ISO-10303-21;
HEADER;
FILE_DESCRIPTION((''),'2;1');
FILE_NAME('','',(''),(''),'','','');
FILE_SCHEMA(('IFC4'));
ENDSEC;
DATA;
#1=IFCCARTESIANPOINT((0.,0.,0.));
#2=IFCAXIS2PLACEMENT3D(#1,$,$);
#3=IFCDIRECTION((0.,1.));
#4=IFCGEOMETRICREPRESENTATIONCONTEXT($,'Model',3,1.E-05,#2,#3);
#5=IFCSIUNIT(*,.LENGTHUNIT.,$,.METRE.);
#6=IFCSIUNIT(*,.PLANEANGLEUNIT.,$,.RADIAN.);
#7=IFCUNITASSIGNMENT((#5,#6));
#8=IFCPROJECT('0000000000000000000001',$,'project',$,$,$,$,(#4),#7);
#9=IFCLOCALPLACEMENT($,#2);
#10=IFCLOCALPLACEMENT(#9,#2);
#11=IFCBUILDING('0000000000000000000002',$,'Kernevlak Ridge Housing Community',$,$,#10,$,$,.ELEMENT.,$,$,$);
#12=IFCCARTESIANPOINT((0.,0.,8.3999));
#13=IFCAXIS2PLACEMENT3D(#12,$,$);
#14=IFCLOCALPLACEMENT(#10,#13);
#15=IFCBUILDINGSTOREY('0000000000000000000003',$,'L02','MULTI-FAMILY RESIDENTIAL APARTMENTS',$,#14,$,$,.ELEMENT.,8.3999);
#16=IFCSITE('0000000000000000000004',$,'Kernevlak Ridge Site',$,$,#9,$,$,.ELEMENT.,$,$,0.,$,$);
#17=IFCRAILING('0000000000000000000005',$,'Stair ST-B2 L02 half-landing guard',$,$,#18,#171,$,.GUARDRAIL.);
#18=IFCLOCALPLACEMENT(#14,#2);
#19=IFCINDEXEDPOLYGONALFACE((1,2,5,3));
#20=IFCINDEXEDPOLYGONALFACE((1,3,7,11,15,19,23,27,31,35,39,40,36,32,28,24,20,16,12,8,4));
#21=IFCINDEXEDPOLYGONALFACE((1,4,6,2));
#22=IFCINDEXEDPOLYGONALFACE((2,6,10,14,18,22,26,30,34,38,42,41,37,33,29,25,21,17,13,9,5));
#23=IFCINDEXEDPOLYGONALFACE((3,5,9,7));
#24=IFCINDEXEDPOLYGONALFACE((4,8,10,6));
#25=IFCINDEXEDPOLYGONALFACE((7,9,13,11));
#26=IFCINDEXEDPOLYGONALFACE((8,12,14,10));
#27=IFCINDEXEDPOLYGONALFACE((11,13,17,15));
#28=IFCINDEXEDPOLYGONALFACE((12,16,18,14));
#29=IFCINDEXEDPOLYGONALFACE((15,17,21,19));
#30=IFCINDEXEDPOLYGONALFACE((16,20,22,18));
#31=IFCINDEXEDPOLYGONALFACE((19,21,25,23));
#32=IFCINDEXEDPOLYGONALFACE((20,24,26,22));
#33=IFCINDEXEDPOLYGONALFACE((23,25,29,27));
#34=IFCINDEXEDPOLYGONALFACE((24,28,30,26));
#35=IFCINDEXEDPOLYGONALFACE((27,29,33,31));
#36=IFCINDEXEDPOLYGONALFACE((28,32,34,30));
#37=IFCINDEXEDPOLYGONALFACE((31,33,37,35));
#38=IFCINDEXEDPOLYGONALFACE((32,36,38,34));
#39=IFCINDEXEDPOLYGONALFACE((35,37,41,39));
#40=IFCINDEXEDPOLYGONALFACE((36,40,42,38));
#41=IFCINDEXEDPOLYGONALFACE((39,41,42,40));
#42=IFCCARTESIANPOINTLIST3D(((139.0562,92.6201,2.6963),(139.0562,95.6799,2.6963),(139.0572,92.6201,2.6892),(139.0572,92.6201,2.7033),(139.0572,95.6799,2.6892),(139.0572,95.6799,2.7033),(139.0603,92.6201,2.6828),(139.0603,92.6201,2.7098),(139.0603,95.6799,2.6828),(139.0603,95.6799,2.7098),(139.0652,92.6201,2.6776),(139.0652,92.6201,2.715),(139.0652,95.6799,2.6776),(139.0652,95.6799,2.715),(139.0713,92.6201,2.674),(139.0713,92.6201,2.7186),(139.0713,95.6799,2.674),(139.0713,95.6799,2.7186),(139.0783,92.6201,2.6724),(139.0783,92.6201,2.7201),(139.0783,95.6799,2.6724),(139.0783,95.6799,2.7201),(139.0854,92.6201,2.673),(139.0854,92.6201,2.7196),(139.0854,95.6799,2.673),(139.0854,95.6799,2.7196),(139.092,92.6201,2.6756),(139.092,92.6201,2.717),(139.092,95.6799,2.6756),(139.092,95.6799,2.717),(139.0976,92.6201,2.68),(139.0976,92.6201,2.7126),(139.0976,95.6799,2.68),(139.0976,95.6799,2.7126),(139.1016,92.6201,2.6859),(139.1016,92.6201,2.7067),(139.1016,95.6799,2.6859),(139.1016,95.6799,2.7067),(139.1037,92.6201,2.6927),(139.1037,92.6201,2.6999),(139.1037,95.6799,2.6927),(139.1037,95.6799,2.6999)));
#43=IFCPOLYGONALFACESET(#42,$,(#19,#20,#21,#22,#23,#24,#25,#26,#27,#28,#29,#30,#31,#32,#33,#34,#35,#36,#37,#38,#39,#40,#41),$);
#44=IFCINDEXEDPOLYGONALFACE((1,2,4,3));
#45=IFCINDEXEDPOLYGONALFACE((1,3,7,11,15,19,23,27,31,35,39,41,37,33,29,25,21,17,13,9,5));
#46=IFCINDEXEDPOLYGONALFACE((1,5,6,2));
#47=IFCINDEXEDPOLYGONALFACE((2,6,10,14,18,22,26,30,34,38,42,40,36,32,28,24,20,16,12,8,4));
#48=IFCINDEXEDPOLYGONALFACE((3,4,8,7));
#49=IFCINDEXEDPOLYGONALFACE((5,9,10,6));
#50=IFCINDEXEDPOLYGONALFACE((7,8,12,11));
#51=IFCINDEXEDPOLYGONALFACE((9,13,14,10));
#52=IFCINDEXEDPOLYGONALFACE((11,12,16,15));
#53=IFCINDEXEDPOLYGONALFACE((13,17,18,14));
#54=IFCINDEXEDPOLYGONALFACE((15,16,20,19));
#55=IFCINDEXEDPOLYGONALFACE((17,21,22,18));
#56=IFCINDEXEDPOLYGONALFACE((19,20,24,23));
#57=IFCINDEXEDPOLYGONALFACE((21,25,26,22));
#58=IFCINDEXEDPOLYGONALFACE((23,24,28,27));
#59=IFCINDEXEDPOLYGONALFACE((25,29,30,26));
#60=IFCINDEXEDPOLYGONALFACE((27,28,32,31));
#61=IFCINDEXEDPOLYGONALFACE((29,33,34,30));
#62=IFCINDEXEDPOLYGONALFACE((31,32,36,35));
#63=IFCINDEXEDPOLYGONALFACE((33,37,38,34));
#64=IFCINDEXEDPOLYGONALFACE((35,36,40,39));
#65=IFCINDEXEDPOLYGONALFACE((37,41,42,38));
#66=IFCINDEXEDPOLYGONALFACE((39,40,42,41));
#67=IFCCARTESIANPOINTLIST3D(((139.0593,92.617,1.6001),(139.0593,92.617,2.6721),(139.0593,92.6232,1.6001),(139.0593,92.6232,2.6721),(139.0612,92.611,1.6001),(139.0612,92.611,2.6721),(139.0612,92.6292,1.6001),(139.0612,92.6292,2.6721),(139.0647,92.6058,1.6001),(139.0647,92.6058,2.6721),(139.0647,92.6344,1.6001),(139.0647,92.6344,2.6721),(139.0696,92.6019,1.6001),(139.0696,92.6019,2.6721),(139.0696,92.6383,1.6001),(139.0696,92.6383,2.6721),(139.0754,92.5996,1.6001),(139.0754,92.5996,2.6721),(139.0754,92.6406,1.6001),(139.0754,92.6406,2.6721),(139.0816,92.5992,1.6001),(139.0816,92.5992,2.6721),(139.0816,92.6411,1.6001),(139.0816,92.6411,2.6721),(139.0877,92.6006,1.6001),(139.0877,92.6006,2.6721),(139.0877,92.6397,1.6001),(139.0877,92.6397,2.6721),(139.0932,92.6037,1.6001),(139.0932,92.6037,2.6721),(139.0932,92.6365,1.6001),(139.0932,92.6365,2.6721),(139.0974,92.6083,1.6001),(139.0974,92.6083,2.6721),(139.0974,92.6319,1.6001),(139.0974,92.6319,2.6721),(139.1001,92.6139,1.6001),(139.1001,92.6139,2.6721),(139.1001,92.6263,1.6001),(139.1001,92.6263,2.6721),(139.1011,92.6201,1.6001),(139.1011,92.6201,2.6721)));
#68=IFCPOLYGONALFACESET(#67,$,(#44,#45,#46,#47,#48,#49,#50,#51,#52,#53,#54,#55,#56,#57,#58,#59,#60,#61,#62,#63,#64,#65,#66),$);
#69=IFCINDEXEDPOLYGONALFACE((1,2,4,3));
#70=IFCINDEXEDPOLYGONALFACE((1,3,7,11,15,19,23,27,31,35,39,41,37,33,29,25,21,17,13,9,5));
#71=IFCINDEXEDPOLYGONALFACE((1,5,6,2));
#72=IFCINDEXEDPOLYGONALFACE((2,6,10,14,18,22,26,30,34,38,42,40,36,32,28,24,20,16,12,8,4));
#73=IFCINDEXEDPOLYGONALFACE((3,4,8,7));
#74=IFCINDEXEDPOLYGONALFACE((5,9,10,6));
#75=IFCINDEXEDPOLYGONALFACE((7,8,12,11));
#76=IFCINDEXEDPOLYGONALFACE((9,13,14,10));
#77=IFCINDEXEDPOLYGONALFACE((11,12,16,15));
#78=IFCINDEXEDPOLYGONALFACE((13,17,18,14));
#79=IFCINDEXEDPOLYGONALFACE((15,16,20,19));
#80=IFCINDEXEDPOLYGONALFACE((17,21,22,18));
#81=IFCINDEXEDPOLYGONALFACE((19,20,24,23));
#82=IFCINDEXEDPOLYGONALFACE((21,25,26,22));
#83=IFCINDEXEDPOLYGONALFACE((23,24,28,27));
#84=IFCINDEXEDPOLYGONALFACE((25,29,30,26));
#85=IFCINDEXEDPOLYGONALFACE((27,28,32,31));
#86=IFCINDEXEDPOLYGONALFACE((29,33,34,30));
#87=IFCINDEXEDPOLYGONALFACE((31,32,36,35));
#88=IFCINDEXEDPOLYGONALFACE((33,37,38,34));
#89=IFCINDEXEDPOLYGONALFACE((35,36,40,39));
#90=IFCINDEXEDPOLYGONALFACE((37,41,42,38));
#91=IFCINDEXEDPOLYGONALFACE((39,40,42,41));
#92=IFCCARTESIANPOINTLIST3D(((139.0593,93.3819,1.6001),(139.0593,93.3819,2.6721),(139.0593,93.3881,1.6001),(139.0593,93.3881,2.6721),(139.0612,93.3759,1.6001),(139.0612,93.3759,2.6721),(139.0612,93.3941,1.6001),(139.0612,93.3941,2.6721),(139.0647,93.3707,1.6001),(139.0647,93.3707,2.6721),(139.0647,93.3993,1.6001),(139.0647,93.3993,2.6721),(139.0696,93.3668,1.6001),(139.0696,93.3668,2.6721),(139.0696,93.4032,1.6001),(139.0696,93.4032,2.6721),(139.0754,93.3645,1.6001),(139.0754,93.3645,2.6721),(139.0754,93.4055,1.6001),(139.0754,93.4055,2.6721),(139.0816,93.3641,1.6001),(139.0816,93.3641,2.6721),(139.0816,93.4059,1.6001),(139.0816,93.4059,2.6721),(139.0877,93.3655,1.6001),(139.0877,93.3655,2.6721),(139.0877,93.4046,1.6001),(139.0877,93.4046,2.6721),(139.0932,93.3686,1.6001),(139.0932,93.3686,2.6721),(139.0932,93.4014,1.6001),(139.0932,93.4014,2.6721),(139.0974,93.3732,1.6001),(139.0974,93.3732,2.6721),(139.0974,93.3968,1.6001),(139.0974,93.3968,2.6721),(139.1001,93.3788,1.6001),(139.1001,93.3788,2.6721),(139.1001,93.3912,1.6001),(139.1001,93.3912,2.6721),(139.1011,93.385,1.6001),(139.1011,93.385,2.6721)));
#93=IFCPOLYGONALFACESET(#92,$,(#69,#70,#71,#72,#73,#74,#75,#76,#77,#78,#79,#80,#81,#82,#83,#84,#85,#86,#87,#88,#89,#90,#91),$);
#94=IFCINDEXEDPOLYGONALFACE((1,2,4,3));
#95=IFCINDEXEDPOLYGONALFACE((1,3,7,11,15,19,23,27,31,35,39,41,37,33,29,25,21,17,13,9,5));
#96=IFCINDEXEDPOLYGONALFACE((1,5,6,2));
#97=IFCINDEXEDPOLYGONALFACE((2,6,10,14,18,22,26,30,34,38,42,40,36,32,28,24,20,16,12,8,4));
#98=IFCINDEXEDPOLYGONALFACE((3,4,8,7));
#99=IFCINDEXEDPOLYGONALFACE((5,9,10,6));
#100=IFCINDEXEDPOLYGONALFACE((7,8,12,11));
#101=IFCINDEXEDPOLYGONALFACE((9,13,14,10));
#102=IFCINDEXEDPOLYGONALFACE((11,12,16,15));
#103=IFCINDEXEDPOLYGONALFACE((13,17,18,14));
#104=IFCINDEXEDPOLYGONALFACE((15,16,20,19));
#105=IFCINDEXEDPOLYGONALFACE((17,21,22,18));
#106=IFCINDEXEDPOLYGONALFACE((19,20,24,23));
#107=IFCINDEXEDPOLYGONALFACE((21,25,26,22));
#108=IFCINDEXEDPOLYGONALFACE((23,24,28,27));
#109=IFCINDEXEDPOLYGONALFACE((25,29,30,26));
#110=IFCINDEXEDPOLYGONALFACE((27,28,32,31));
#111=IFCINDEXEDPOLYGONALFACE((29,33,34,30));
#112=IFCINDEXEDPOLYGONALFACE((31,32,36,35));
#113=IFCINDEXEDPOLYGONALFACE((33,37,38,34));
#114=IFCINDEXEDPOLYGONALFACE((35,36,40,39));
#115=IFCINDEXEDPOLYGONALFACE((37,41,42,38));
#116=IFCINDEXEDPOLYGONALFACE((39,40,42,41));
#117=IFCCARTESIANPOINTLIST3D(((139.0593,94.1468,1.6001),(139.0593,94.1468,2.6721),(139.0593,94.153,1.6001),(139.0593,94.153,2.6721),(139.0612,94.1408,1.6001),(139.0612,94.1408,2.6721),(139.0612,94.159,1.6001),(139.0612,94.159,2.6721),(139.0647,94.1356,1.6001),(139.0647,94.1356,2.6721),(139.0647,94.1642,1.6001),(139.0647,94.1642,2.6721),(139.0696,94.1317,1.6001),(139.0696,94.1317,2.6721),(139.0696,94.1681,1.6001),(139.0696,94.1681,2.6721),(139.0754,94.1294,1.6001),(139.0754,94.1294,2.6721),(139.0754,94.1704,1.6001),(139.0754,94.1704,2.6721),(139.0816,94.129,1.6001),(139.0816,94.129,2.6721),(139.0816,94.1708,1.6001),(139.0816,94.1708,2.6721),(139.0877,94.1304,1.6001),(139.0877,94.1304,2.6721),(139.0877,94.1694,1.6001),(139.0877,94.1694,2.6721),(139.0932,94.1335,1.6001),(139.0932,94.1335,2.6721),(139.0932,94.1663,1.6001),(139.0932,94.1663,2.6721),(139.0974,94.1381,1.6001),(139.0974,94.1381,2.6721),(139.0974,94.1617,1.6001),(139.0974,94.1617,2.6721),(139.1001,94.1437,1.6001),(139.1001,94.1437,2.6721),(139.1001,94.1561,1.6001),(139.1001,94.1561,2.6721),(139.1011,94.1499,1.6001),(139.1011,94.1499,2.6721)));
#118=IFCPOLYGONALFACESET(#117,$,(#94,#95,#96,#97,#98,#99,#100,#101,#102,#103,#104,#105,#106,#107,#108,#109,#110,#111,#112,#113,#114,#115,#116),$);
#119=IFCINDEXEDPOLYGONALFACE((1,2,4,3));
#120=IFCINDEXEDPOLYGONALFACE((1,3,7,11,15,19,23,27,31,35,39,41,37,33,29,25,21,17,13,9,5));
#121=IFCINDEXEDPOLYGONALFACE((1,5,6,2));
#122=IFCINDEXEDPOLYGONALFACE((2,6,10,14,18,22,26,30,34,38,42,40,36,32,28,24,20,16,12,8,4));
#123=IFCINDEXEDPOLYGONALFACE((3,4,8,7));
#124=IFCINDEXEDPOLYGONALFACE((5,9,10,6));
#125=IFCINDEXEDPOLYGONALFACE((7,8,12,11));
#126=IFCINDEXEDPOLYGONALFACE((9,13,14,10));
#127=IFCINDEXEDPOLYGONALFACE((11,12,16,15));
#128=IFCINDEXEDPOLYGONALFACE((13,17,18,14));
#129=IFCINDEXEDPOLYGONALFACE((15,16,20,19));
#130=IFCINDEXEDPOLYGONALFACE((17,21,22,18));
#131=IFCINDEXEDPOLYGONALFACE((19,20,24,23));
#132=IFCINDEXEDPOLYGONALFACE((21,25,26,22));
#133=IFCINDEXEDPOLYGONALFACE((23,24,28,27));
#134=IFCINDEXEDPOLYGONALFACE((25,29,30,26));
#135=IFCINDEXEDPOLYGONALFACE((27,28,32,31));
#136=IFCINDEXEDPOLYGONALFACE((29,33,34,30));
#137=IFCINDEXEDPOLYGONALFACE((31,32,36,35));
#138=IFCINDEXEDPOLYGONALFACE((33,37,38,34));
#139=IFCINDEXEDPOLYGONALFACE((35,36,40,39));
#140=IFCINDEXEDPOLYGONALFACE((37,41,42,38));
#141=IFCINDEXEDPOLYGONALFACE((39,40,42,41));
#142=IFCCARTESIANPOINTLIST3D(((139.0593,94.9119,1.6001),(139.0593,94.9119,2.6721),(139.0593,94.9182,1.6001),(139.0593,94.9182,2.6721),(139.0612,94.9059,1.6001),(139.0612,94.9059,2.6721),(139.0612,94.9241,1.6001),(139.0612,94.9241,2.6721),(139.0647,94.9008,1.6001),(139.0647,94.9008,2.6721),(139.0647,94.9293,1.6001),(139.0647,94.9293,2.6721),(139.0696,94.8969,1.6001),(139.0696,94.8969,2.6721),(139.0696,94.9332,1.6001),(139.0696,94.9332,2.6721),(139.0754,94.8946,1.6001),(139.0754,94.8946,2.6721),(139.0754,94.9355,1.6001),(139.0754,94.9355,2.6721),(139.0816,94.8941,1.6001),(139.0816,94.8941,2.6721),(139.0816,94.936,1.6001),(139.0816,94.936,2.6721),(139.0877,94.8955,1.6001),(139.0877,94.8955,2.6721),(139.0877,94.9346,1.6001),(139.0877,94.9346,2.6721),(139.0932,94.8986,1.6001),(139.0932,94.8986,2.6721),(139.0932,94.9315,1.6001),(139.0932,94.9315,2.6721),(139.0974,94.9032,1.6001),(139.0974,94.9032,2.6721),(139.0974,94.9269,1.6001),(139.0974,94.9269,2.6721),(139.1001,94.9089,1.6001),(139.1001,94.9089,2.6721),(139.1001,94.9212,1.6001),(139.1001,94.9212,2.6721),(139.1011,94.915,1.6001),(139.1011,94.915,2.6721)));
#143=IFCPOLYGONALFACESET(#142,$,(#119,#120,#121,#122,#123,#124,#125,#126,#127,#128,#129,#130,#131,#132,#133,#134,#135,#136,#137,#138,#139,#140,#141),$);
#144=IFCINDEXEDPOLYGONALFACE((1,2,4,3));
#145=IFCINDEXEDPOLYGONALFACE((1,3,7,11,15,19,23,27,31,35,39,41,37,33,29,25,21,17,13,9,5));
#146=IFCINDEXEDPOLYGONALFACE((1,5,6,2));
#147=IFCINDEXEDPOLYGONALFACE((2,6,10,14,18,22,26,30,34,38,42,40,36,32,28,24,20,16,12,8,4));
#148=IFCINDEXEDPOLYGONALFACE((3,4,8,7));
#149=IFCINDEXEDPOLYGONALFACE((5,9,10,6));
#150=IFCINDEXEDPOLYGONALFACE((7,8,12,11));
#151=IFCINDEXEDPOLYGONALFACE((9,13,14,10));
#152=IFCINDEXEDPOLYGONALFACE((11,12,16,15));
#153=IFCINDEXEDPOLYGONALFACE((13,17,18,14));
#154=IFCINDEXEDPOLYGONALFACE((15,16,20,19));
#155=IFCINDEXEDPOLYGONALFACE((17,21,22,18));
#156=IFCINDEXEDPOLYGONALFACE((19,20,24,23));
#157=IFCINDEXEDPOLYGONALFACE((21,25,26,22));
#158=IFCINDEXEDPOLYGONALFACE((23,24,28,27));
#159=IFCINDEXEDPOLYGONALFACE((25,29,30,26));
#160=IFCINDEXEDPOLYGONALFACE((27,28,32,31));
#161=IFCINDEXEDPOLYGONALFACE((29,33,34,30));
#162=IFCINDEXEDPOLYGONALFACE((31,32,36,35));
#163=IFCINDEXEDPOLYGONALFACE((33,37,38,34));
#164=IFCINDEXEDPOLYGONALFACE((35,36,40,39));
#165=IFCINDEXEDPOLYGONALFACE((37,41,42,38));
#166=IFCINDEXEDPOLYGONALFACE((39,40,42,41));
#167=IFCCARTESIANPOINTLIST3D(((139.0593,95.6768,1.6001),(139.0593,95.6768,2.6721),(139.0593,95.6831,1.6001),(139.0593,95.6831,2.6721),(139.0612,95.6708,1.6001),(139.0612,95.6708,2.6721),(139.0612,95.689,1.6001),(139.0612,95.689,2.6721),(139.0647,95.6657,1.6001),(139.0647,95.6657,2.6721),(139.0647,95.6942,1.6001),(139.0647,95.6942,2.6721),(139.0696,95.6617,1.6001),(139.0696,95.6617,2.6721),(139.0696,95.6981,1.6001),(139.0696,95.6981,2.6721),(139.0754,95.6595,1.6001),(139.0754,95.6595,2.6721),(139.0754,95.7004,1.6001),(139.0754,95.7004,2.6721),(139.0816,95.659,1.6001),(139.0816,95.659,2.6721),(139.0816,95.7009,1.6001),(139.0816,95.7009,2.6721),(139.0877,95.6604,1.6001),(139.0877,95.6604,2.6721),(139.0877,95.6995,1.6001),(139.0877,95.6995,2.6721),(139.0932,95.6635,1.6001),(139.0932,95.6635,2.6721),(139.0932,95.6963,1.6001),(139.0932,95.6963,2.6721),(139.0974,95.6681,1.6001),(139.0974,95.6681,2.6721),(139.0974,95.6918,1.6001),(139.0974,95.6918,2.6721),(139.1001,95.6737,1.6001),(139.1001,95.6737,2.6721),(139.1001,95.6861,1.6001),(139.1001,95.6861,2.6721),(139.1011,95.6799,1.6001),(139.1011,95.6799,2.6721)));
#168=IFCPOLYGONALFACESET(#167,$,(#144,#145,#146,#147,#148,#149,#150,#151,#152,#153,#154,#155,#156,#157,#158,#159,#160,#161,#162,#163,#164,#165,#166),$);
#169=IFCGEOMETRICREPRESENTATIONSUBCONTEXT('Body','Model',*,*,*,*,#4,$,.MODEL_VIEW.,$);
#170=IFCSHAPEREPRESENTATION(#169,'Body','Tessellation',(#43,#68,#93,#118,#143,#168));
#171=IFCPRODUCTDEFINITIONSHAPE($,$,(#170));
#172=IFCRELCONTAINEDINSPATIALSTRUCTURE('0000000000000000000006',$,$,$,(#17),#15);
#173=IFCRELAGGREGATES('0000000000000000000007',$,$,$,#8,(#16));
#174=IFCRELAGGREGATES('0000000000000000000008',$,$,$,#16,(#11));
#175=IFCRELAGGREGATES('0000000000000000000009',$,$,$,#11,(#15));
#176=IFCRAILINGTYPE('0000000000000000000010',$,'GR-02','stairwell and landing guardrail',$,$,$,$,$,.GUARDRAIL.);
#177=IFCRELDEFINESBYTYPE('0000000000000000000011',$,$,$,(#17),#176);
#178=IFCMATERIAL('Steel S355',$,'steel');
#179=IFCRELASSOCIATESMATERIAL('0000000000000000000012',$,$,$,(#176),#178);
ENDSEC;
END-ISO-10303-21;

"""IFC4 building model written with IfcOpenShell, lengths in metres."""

from ifc_helpers import new_model, si_unit, direction, frame, origin, origin_2d, place, context, subcontext, project, spatial, circle, extrude, material, type_object, element, save


model = new_model("IFC4")

# Units and contexts
model_context = context("Model", 3, precision=1e-05, world=origin(), true_north=direction((0.0, 1.0)))
body_context = subcontext(model_context, "Body", "Model", "MODEL_VIEW")
ifc_project = project(units=[si_unit("LENGTHUNIT", "METRE"), si_unit("PLANEANGLEUNIT", "RADIAN")], contexts=[model_context])

# Site, building, storey
site_placement = place(None, origin())
site = spatial("IfcSite", under=ifc_project, at=site_placement, Name="Kernevlak Ridge Site", CompositionType="ELEMENT", RefElevation=0.0)
building_placement = place(site_placement, origin())
building = spatial("IfcBuilding", under=site, at=building_placement, Name="Kernevlak Ridge Housing Community", CompositionType="ELEMENT")
storey_placement = place(building_placement, frame((0.0, 0.0, 8.3999)))
storey = spatial("IfcBuildingStorey", under=building, at=storey_placement, Name="L02", Description="MULTI-FAMILY RESIDENTIAL APARTMENTS", CompositionType="ELEMENT", Elevation=8.3999)

# Railing
ifc_material_1 = material(Name="Steel S355", Category="steel")
railing_type_1 = type_object("IfcRailingType", Name="GR-02", Description="stairwell and landing guardrail", PredefinedType="GUARDRAIL", material=ifc_material_1)
railing_1_placement = place(storey_placement, frame((139.0801, 92.6201, 1.6001)))
element("IfcRailing", 1, at=railing_1_placement, inside=storey, type_object=railing_type_1, Name="Stair ST-B2 L02 half-landing guard", PredefinedType="GUARDRAIL", context=body_context, shape_type="SweptSolid", body=[
    extrude(circle(Radius=0.0239, at=origin_2d()), frame((0.0, 0.0, 1.0962), z_axis=(0.0, 1.0, 0.0), x_axis=(-1.0, 0.0, 0.0)), (0.0, 0.0, 1.0), 3.0598),
    extrude(circle(Radius=0.021, at=origin_2d()), origin(), (0.0, 0.0, 1.0), 1.072),
    extrude(circle(Radius=0.021, at=origin_2d()), frame((0.0, 0.7649, 0.0)), (0.0, 0.0, 1.0), 1.072),
    extrude(circle(Radius=0.021, at=origin_2d()), frame((0.0, 1.5298, 0.0)), (0.0, 0.0, 1.0), 1.072),
    extrude(circle(Radius=0.021, at=origin_2d()), frame((0.0, 2.2949, 0.0)), (0.0, 0.0, 1.0), 1.072),
    extrude(circle(Radius=0.021, at=origin_2d()), frame((0.0, 3.0598, 0.0)), (0.0, 0.0, 1.0), 1.072),
])

save(model, "model.ifc")
